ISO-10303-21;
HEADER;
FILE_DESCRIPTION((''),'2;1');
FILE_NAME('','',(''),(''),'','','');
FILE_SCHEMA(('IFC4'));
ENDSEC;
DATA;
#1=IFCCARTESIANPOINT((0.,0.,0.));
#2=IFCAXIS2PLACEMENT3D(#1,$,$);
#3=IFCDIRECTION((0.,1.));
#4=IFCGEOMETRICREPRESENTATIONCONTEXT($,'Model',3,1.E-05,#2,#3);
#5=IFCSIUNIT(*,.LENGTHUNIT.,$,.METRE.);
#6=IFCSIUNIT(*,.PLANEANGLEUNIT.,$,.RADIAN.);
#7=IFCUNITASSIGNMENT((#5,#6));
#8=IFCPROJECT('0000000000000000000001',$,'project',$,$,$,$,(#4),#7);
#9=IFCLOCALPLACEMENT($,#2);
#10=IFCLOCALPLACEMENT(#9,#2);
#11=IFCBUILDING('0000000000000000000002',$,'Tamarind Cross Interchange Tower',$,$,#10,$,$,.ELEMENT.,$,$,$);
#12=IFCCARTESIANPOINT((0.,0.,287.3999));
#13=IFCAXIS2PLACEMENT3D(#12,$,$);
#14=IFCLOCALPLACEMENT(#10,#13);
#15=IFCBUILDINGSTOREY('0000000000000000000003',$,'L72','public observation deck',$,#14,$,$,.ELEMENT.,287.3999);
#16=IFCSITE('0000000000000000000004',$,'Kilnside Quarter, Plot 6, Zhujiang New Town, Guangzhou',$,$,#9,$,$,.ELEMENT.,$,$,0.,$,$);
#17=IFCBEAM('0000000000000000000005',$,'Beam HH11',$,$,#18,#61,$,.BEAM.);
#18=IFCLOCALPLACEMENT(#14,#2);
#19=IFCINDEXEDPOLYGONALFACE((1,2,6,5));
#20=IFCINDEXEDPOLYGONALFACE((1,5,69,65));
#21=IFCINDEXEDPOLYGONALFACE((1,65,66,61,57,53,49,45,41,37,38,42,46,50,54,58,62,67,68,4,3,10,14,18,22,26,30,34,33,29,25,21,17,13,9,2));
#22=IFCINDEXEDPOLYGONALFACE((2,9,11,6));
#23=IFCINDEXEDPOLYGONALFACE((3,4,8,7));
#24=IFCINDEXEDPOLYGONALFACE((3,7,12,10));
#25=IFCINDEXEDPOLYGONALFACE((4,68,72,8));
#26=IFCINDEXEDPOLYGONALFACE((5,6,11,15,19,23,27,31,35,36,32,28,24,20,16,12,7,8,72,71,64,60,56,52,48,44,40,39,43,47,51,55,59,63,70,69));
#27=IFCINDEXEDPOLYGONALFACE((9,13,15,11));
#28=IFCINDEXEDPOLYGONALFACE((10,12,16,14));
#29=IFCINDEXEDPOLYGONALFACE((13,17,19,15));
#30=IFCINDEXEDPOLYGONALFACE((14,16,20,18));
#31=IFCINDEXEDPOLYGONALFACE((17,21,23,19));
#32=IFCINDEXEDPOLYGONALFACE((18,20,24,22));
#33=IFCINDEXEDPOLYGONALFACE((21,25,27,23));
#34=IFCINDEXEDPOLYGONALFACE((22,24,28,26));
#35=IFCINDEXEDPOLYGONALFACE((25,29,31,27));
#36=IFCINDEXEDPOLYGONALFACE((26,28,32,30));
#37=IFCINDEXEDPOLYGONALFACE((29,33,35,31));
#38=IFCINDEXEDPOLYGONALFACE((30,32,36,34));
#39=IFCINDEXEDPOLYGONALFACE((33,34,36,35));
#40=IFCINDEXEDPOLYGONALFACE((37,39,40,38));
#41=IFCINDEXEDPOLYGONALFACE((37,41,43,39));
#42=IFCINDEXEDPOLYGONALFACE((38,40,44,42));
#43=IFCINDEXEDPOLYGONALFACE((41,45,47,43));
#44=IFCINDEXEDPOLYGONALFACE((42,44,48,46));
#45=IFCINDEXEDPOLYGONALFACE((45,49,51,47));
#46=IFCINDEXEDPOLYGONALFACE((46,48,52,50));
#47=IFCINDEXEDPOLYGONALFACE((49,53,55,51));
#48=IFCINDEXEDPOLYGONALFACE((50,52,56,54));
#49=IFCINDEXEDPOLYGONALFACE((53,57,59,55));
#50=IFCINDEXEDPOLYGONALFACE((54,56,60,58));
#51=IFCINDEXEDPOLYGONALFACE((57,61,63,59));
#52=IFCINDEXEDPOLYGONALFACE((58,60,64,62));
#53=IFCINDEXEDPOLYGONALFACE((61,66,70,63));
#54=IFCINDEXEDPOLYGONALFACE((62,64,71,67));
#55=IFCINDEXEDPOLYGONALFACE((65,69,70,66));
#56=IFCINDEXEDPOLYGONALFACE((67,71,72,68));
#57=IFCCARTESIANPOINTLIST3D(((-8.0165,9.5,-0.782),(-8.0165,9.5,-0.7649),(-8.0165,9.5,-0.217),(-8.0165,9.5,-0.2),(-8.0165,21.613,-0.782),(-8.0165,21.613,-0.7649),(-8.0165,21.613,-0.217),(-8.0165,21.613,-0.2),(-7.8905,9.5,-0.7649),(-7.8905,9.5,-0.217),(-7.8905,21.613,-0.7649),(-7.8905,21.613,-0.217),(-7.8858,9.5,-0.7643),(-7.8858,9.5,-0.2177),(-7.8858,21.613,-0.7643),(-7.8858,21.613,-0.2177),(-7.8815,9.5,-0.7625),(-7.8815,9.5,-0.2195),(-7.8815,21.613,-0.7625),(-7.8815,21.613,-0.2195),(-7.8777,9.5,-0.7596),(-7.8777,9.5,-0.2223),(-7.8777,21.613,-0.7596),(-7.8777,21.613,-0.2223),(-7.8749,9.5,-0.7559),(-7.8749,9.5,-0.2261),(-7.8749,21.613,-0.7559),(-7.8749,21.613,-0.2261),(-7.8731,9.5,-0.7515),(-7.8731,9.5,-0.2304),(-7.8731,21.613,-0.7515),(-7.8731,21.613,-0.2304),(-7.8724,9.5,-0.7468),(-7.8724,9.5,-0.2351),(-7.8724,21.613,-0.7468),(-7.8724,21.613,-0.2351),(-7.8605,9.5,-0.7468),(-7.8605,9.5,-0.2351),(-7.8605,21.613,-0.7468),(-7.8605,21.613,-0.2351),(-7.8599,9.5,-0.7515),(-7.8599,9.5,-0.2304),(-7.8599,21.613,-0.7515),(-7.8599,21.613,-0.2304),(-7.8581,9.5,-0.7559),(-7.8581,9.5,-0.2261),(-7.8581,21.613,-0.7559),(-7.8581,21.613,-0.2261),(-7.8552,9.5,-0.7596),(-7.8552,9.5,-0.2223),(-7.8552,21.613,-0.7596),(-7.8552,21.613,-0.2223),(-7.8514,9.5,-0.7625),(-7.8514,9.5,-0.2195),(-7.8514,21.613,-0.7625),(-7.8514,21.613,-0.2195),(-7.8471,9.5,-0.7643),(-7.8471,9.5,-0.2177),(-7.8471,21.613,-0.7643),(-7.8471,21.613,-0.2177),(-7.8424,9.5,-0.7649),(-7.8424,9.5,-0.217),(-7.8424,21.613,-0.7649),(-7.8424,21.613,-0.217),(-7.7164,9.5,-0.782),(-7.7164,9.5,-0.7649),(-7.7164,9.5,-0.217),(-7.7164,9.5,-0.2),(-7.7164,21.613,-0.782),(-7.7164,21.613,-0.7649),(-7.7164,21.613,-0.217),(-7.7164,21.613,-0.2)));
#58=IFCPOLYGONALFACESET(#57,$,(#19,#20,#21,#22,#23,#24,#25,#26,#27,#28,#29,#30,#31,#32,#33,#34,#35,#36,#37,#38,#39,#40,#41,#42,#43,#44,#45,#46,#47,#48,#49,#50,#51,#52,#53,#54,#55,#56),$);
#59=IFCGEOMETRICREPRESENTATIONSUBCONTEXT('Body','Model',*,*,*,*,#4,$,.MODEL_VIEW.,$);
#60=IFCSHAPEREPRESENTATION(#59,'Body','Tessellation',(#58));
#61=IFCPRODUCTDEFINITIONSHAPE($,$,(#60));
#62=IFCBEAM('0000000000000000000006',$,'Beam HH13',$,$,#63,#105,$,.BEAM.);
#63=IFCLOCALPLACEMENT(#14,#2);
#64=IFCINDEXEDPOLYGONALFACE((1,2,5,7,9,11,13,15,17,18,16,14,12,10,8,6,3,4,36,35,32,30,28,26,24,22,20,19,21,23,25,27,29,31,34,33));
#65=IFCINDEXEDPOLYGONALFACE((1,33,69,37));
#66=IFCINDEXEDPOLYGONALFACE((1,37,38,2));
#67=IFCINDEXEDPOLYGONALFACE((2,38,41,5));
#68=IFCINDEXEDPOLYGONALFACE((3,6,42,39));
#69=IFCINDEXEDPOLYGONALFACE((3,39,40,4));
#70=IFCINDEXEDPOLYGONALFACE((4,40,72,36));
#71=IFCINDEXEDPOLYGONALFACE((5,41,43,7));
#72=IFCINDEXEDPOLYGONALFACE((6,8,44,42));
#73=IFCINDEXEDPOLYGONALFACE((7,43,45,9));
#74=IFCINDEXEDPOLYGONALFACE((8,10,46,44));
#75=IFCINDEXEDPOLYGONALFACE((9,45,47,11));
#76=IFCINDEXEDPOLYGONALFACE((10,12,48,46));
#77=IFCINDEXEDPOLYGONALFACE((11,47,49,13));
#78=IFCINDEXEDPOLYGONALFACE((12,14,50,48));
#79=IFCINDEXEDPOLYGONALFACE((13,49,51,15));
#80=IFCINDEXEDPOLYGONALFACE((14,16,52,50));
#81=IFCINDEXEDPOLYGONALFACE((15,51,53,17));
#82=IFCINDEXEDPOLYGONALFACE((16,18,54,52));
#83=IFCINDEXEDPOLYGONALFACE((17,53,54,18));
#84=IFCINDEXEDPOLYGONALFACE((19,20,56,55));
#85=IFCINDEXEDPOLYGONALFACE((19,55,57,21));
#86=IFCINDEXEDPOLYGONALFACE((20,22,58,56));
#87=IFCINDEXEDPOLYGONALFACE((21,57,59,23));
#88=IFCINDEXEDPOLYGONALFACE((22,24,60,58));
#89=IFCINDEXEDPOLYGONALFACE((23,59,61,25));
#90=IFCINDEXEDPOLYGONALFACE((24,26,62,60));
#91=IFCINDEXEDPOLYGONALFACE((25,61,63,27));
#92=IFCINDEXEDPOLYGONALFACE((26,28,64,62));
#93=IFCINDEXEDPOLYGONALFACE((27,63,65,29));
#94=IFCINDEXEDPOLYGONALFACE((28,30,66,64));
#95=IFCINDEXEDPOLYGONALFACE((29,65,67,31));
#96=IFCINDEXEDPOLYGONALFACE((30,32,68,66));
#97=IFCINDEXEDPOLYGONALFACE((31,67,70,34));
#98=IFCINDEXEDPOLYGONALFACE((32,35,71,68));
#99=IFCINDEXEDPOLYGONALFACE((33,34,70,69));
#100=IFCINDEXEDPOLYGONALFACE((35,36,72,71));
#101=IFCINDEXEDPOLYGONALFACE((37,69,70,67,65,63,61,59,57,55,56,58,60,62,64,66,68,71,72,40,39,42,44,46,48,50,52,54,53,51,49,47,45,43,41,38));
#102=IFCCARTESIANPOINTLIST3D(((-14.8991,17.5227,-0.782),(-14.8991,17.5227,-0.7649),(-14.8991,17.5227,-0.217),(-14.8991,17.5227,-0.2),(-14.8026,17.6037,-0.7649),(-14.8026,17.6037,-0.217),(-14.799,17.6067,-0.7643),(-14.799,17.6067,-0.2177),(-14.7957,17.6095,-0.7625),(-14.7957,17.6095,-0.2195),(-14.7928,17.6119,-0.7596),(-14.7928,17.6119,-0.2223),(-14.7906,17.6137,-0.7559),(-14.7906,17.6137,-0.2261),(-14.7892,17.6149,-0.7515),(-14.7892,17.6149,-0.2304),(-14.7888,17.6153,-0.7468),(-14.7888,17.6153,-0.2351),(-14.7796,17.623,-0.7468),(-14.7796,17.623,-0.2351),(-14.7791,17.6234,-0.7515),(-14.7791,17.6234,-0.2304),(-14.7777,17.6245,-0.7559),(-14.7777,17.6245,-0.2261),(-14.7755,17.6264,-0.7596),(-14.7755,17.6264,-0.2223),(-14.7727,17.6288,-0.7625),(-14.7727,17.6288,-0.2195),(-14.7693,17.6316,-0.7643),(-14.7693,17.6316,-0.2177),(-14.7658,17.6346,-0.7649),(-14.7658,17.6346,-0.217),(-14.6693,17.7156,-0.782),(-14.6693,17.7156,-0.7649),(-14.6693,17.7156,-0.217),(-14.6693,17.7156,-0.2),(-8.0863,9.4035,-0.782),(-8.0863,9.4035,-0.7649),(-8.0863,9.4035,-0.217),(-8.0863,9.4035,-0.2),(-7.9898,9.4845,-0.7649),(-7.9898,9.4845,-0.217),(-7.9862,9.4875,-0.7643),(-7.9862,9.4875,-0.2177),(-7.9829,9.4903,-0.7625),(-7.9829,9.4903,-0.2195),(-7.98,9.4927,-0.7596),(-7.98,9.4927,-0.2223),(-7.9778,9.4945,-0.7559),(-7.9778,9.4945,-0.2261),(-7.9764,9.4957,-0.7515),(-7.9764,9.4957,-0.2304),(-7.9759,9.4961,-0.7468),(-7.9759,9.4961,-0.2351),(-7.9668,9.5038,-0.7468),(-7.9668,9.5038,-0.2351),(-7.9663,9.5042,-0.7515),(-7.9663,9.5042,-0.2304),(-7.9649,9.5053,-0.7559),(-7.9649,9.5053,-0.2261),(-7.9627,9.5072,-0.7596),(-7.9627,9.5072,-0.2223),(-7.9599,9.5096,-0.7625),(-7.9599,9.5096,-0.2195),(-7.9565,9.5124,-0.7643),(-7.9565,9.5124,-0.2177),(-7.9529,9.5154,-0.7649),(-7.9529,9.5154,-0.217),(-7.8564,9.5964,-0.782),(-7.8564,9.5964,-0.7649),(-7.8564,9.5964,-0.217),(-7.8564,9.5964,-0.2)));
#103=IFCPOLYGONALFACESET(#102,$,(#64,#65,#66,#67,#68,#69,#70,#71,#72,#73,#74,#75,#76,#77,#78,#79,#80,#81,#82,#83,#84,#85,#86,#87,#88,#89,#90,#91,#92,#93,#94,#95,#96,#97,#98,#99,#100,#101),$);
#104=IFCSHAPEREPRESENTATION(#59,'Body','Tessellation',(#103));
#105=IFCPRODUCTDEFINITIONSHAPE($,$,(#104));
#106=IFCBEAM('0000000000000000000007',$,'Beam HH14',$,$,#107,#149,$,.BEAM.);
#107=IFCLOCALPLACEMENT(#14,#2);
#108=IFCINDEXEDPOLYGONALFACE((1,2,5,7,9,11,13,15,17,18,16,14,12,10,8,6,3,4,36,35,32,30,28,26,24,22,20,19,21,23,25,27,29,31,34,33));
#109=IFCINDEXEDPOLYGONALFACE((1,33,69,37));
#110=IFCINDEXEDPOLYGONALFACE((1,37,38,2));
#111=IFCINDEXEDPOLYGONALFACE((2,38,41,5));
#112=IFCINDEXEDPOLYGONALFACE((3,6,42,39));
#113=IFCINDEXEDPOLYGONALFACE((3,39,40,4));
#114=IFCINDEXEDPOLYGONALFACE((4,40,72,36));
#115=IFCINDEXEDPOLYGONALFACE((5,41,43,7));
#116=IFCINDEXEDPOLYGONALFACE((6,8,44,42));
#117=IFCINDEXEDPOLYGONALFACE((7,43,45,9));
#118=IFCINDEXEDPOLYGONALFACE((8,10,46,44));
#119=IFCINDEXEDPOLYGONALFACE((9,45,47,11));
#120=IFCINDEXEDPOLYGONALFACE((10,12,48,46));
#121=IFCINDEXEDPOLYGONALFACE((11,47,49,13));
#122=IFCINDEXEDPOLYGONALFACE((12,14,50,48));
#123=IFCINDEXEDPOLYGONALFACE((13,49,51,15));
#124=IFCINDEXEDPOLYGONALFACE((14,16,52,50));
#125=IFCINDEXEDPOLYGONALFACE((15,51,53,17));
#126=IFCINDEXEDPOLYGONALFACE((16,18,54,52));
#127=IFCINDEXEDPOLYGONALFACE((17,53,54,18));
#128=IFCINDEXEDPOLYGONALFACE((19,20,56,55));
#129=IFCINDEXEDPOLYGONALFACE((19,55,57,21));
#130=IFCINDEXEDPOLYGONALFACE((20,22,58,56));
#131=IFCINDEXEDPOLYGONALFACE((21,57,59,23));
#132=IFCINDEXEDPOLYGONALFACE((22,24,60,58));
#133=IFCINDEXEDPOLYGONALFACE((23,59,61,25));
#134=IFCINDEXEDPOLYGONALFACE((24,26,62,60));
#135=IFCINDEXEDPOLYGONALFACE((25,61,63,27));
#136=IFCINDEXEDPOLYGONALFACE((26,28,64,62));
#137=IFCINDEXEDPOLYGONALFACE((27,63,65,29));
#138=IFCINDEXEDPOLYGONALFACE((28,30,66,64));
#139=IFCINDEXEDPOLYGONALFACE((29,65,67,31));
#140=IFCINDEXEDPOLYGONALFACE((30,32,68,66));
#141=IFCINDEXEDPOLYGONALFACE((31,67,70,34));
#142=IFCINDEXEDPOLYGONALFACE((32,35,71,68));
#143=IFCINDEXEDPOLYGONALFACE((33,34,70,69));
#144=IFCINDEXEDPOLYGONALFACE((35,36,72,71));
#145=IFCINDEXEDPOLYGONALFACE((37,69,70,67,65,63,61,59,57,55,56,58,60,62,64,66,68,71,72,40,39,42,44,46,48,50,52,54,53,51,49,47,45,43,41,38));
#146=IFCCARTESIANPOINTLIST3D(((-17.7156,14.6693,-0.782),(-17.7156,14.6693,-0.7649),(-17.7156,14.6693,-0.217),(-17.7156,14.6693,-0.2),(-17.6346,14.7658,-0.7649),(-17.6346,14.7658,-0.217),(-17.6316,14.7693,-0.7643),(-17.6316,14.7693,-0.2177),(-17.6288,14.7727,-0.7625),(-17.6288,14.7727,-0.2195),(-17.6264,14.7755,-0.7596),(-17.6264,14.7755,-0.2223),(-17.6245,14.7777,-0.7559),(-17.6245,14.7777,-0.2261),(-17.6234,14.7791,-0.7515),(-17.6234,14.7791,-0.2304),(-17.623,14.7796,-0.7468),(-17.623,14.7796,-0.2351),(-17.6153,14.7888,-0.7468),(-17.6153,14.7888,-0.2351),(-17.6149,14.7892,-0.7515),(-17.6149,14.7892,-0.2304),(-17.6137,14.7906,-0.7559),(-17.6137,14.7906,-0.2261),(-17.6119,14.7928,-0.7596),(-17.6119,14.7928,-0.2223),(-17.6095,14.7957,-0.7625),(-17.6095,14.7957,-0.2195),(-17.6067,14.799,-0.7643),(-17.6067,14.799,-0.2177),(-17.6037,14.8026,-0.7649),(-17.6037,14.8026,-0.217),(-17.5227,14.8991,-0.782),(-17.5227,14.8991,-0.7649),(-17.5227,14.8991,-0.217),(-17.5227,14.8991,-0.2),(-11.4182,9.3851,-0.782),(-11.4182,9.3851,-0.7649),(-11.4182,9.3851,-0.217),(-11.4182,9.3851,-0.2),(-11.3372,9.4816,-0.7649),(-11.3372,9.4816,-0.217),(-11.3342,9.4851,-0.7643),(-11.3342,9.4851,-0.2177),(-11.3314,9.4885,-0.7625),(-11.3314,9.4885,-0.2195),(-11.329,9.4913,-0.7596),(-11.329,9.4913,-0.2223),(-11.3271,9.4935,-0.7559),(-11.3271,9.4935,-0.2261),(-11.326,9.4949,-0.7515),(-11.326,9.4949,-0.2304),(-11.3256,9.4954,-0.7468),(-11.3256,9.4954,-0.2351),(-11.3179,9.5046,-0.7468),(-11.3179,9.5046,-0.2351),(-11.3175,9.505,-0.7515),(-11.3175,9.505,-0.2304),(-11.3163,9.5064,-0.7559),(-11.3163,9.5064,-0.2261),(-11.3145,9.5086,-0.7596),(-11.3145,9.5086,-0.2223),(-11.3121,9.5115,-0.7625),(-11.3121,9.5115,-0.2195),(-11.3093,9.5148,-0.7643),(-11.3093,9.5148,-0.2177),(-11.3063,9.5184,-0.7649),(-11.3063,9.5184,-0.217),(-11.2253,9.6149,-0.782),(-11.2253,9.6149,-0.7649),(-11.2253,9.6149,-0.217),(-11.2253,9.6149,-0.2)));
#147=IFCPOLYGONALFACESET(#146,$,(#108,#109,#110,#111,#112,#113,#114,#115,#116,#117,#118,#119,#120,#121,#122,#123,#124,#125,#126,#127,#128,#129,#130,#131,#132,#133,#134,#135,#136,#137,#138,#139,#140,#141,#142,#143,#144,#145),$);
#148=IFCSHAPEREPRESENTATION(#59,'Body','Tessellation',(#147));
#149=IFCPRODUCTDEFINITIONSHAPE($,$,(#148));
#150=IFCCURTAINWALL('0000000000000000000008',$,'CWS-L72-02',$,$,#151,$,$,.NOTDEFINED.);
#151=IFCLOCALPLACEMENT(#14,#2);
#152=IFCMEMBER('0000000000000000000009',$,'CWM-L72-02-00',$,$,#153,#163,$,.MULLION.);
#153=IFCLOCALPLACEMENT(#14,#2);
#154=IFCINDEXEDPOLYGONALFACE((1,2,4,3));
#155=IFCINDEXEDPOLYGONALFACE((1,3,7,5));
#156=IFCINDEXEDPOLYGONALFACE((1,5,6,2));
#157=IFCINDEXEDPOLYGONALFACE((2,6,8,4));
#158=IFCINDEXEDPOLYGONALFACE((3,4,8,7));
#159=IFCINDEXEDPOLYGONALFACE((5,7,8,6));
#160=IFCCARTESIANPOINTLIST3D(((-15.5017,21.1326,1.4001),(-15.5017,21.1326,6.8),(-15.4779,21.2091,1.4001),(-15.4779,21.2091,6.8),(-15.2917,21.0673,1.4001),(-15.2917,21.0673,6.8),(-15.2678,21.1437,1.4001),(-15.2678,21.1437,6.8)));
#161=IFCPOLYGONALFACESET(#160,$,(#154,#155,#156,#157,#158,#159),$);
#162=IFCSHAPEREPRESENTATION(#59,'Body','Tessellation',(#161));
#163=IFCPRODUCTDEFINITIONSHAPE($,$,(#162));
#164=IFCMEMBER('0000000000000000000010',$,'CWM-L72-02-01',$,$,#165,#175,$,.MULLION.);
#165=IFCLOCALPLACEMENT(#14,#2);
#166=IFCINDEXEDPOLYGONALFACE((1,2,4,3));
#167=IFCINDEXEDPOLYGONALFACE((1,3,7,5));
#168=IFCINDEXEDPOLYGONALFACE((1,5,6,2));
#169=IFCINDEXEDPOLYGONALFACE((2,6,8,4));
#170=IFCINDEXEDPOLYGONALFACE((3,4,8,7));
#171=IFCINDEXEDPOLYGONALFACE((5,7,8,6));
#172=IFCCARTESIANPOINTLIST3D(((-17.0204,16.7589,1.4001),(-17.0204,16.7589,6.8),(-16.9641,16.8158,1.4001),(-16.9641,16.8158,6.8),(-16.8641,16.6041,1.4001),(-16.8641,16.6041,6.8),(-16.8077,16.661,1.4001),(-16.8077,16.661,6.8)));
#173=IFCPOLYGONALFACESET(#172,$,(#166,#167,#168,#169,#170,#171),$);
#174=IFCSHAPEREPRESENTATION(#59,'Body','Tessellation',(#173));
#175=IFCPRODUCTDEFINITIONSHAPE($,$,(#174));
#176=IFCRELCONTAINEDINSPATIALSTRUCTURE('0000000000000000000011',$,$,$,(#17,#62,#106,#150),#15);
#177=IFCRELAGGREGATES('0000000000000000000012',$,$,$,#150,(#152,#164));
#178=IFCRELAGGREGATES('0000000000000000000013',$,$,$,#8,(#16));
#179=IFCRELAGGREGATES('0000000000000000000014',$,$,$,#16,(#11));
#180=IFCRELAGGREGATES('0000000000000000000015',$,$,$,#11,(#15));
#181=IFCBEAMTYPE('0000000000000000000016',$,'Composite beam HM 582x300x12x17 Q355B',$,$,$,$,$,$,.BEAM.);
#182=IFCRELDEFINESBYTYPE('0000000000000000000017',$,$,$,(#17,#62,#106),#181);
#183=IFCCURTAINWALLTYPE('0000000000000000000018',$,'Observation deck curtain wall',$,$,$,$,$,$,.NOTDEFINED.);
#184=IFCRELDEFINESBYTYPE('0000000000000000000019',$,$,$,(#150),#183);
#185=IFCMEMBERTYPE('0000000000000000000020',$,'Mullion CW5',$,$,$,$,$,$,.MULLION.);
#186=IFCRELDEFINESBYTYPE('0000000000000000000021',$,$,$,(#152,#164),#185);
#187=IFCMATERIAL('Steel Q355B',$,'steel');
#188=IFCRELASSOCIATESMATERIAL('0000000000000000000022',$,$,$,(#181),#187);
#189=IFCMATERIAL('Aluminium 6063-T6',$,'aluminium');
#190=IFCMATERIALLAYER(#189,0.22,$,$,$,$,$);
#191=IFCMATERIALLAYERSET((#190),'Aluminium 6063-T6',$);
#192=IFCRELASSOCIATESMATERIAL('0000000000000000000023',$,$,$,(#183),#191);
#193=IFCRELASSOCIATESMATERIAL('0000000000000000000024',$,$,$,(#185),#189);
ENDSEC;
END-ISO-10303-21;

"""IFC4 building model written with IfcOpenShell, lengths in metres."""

from ifc_helpers import new_model, si_unit, direction, frame, origin, origin_2d, place, context, subcontext, project, spatial, rectangle, i_section, extrude, material, layer, layer_set, material_profile, profile_set, type_object, element, aggregate, save


model = new_model("IFC4")

# Units and contexts
model_context = context("Model", 3, precision=1e-05, world=origin(), true_north=direction((0.0, 1.0)))
body_context = subcontext(model_context, "Body", "Model", "MODEL_VIEW")
ifc_project = project(units=[si_unit("LENGTHUNIT", "METRE"), si_unit("PLANEANGLEUNIT", "RADIAN")], contexts=[model_context])

# Site, building, storey
site_placement = place(None, origin())
site = spatial("IfcSite", under=ifc_project, at=site_placement, Name="Kilnside Quarter, Plot 6, Zhujiang New Town, Guangzhou", CompositionType="ELEMENT", RefElevation=0.0)
building_placement = place(site_placement, origin())
building = spatial("IfcBuilding", under=site, at=building_placement, Name="Tamarind Cross Interchange Tower", CompositionType="ELEMENT")
storey_placement = place(building_placement, frame((0.0, 0.0, 287.3999)))
storey = spatial("IfcBuildingStorey", under=building, at=storey_placement, Name="L72", Description="public observation deck", CompositionType="ELEMENT", Elevation=287.3999)

# Beams
ifc_material_1 = material(Name="Steel Q355B", Category="steel")
ifc_material_profile_1 = material_profile(ifc_material_1, i_section(OverallWidth=0.3, OverallDepth=0.582, WebThickness=0.012, FlangeThickness=0.0171, FilletRadius=0.0181, at=origin_2d()), Name="HM 582x300x12x17")
ifc_profile_set_1 = profile_set([ifc_material_profile_1], Name="Steel Q355B")
beam_type = type_object("IfcBeamType", Name="Composite beam HM 582x300x12x17 Q355B", PredefinedType="BEAM", material=ifc_profile_set_1)
beam_1_placement = place(storey_placement, frame((-7.8665, 21.613, -0.491), z_axis=(0.0, -1.0, 0.0), x_axis=(1.0, 0.0, 0.0)))
element("IfcBeam", 1, at=beam_1_placement, inside=storey, type_object=beam_type, Name="Beam HH11", PredefinedType="BEAM", context=body_context, shape_type="SweptSolid", body=[
    extrude(i_section(OverallWidth=0.3, OverallDepth=0.582, WebThickness=0.012, FlangeThickness=0.0171, FilletRadius=0.0181, at=origin_2d()), origin(), (0.0, 0.0, 1.0), 12.113),
])
beam_2_placement = place(storey_placement, frame((-14.7842, 17.6191, -0.491), z_axis=(0.642786, -0.766046, 0.0), x_axis=(0.766046, 0.642786, 0.0)))
element("IfcBeam", 2, at=beam_2_placement, inside=storey, type_object=beam_type, Name="Beam HH13", PredefinedType="BEAM", context=body_context, shape_type="SweptSolid", body=[
    extrude(i_section(OverallWidth=0.3, OverallDepth=0.582, WebThickness=0.012, FlangeThickness=0.0171, FilletRadius=0.0181, at=origin_2d()), origin(), (0.0, 0.0, 1.0), 10.5989),
])
beam_3_placement = place(storey_placement, frame((-17.6191, 14.7842, -0.491), z_axis=(0.766041, -0.642792, 0.0), x_axis=(0.642792, 0.766041, 0.0)))
element("IfcBeam", 3, at=beam_3_placement, inside=storey, type_object=beam_type, Name="Beam HH14", PredefinedType="BEAM", context=body_context, shape_type="SweptSolid", body=[
    extrude(i_section(OverallWidth=0.3, OverallDepth=0.582, WebThickness=0.012, FlangeThickness=0.0171, FilletRadius=0.0181, at=origin_2d()), origin(), (0.0, 0.0, 1.0), 8.2207),
])

# Curtain wall, members
ifc_material_2 = material(Name="Aluminium 6063-T6", Category="aluminium")
ifc_layer_1 = layer(ifc_material_2, 0.22)
ifc_layer_set_1 = layer_set([ifc_layer_1], Name="Aluminium 6063-T6")
curtain_wall_type = type_object("IfcCurtainWallType", Name="Observation deck curtain wall", PredefinedType="NOTDEFINED", material=ifc_layer_set_1)
curtain_wall_placement = place(storey_placement, origin())
curtain_wall = element("IfcCurtainWall", 4, at=curtain_wall_placement, inside=storey, type_object=curtain_wall_type, Name="CWS-L72-02", PredefinedType="NOTDEFINED")
ifc_material_profile_2 = material_profile(ifc_material_2, rectangle(XDim=0.0801, YDim=0.22, at=origin_2d()), Name="Mullion CW5")
ifc_profile_set_2 = profile_set([ifc_material_profile_2], Name="Aluminium 6063-T6")
member_type = type_object("IfcMemberType", Name="Mullion CW5", PredefinedType="MULLION", material=ifc_profile_set_2)
member_1_placement = place(storey_placement, frame((-15.3848, 21.1382, 1.4001), z_axis=(0.0, 0.0, 1.0), x_axis=(-0.297262, -0.954796, 0.0)))
member_1 = element("IfcMember", 5, at=member_1_placement, type_object=member_type, Name="CWM-L72-02-00", PredefinedType="MULLION", context=body_context, shape_type="SweptSolid", body=[
    extrude(rectangle(XDim=0.0801, YDim=0.22, at=origin_2d()), origin(), (0.0, 0.0, 1.0), 5.3999),
])
member_2_placement = place(storey_placement, frame((-16.9141, 16.71, 1.4001), z_axis=(0.0, 0.0, 1.0), x_axis=(-0.703529, -0.710666, 0.0)))
member_2 = element("IfcMember", 6, at=member_2_placement, type_object=member_type, Name="CWM-L72-02-01", PredefinedType="MULLION", context=body_context, shape_type="SweptSolid", body=[
    extrude(rectangle(XDim=0.0801, YDim=0.22, at=origin_2d()), origin(), (0.0, 0.0, 1.0), 5.3999),
])
aggregate(curtain_wall, [member_1, member_2])

save(model, "model.ifc")
